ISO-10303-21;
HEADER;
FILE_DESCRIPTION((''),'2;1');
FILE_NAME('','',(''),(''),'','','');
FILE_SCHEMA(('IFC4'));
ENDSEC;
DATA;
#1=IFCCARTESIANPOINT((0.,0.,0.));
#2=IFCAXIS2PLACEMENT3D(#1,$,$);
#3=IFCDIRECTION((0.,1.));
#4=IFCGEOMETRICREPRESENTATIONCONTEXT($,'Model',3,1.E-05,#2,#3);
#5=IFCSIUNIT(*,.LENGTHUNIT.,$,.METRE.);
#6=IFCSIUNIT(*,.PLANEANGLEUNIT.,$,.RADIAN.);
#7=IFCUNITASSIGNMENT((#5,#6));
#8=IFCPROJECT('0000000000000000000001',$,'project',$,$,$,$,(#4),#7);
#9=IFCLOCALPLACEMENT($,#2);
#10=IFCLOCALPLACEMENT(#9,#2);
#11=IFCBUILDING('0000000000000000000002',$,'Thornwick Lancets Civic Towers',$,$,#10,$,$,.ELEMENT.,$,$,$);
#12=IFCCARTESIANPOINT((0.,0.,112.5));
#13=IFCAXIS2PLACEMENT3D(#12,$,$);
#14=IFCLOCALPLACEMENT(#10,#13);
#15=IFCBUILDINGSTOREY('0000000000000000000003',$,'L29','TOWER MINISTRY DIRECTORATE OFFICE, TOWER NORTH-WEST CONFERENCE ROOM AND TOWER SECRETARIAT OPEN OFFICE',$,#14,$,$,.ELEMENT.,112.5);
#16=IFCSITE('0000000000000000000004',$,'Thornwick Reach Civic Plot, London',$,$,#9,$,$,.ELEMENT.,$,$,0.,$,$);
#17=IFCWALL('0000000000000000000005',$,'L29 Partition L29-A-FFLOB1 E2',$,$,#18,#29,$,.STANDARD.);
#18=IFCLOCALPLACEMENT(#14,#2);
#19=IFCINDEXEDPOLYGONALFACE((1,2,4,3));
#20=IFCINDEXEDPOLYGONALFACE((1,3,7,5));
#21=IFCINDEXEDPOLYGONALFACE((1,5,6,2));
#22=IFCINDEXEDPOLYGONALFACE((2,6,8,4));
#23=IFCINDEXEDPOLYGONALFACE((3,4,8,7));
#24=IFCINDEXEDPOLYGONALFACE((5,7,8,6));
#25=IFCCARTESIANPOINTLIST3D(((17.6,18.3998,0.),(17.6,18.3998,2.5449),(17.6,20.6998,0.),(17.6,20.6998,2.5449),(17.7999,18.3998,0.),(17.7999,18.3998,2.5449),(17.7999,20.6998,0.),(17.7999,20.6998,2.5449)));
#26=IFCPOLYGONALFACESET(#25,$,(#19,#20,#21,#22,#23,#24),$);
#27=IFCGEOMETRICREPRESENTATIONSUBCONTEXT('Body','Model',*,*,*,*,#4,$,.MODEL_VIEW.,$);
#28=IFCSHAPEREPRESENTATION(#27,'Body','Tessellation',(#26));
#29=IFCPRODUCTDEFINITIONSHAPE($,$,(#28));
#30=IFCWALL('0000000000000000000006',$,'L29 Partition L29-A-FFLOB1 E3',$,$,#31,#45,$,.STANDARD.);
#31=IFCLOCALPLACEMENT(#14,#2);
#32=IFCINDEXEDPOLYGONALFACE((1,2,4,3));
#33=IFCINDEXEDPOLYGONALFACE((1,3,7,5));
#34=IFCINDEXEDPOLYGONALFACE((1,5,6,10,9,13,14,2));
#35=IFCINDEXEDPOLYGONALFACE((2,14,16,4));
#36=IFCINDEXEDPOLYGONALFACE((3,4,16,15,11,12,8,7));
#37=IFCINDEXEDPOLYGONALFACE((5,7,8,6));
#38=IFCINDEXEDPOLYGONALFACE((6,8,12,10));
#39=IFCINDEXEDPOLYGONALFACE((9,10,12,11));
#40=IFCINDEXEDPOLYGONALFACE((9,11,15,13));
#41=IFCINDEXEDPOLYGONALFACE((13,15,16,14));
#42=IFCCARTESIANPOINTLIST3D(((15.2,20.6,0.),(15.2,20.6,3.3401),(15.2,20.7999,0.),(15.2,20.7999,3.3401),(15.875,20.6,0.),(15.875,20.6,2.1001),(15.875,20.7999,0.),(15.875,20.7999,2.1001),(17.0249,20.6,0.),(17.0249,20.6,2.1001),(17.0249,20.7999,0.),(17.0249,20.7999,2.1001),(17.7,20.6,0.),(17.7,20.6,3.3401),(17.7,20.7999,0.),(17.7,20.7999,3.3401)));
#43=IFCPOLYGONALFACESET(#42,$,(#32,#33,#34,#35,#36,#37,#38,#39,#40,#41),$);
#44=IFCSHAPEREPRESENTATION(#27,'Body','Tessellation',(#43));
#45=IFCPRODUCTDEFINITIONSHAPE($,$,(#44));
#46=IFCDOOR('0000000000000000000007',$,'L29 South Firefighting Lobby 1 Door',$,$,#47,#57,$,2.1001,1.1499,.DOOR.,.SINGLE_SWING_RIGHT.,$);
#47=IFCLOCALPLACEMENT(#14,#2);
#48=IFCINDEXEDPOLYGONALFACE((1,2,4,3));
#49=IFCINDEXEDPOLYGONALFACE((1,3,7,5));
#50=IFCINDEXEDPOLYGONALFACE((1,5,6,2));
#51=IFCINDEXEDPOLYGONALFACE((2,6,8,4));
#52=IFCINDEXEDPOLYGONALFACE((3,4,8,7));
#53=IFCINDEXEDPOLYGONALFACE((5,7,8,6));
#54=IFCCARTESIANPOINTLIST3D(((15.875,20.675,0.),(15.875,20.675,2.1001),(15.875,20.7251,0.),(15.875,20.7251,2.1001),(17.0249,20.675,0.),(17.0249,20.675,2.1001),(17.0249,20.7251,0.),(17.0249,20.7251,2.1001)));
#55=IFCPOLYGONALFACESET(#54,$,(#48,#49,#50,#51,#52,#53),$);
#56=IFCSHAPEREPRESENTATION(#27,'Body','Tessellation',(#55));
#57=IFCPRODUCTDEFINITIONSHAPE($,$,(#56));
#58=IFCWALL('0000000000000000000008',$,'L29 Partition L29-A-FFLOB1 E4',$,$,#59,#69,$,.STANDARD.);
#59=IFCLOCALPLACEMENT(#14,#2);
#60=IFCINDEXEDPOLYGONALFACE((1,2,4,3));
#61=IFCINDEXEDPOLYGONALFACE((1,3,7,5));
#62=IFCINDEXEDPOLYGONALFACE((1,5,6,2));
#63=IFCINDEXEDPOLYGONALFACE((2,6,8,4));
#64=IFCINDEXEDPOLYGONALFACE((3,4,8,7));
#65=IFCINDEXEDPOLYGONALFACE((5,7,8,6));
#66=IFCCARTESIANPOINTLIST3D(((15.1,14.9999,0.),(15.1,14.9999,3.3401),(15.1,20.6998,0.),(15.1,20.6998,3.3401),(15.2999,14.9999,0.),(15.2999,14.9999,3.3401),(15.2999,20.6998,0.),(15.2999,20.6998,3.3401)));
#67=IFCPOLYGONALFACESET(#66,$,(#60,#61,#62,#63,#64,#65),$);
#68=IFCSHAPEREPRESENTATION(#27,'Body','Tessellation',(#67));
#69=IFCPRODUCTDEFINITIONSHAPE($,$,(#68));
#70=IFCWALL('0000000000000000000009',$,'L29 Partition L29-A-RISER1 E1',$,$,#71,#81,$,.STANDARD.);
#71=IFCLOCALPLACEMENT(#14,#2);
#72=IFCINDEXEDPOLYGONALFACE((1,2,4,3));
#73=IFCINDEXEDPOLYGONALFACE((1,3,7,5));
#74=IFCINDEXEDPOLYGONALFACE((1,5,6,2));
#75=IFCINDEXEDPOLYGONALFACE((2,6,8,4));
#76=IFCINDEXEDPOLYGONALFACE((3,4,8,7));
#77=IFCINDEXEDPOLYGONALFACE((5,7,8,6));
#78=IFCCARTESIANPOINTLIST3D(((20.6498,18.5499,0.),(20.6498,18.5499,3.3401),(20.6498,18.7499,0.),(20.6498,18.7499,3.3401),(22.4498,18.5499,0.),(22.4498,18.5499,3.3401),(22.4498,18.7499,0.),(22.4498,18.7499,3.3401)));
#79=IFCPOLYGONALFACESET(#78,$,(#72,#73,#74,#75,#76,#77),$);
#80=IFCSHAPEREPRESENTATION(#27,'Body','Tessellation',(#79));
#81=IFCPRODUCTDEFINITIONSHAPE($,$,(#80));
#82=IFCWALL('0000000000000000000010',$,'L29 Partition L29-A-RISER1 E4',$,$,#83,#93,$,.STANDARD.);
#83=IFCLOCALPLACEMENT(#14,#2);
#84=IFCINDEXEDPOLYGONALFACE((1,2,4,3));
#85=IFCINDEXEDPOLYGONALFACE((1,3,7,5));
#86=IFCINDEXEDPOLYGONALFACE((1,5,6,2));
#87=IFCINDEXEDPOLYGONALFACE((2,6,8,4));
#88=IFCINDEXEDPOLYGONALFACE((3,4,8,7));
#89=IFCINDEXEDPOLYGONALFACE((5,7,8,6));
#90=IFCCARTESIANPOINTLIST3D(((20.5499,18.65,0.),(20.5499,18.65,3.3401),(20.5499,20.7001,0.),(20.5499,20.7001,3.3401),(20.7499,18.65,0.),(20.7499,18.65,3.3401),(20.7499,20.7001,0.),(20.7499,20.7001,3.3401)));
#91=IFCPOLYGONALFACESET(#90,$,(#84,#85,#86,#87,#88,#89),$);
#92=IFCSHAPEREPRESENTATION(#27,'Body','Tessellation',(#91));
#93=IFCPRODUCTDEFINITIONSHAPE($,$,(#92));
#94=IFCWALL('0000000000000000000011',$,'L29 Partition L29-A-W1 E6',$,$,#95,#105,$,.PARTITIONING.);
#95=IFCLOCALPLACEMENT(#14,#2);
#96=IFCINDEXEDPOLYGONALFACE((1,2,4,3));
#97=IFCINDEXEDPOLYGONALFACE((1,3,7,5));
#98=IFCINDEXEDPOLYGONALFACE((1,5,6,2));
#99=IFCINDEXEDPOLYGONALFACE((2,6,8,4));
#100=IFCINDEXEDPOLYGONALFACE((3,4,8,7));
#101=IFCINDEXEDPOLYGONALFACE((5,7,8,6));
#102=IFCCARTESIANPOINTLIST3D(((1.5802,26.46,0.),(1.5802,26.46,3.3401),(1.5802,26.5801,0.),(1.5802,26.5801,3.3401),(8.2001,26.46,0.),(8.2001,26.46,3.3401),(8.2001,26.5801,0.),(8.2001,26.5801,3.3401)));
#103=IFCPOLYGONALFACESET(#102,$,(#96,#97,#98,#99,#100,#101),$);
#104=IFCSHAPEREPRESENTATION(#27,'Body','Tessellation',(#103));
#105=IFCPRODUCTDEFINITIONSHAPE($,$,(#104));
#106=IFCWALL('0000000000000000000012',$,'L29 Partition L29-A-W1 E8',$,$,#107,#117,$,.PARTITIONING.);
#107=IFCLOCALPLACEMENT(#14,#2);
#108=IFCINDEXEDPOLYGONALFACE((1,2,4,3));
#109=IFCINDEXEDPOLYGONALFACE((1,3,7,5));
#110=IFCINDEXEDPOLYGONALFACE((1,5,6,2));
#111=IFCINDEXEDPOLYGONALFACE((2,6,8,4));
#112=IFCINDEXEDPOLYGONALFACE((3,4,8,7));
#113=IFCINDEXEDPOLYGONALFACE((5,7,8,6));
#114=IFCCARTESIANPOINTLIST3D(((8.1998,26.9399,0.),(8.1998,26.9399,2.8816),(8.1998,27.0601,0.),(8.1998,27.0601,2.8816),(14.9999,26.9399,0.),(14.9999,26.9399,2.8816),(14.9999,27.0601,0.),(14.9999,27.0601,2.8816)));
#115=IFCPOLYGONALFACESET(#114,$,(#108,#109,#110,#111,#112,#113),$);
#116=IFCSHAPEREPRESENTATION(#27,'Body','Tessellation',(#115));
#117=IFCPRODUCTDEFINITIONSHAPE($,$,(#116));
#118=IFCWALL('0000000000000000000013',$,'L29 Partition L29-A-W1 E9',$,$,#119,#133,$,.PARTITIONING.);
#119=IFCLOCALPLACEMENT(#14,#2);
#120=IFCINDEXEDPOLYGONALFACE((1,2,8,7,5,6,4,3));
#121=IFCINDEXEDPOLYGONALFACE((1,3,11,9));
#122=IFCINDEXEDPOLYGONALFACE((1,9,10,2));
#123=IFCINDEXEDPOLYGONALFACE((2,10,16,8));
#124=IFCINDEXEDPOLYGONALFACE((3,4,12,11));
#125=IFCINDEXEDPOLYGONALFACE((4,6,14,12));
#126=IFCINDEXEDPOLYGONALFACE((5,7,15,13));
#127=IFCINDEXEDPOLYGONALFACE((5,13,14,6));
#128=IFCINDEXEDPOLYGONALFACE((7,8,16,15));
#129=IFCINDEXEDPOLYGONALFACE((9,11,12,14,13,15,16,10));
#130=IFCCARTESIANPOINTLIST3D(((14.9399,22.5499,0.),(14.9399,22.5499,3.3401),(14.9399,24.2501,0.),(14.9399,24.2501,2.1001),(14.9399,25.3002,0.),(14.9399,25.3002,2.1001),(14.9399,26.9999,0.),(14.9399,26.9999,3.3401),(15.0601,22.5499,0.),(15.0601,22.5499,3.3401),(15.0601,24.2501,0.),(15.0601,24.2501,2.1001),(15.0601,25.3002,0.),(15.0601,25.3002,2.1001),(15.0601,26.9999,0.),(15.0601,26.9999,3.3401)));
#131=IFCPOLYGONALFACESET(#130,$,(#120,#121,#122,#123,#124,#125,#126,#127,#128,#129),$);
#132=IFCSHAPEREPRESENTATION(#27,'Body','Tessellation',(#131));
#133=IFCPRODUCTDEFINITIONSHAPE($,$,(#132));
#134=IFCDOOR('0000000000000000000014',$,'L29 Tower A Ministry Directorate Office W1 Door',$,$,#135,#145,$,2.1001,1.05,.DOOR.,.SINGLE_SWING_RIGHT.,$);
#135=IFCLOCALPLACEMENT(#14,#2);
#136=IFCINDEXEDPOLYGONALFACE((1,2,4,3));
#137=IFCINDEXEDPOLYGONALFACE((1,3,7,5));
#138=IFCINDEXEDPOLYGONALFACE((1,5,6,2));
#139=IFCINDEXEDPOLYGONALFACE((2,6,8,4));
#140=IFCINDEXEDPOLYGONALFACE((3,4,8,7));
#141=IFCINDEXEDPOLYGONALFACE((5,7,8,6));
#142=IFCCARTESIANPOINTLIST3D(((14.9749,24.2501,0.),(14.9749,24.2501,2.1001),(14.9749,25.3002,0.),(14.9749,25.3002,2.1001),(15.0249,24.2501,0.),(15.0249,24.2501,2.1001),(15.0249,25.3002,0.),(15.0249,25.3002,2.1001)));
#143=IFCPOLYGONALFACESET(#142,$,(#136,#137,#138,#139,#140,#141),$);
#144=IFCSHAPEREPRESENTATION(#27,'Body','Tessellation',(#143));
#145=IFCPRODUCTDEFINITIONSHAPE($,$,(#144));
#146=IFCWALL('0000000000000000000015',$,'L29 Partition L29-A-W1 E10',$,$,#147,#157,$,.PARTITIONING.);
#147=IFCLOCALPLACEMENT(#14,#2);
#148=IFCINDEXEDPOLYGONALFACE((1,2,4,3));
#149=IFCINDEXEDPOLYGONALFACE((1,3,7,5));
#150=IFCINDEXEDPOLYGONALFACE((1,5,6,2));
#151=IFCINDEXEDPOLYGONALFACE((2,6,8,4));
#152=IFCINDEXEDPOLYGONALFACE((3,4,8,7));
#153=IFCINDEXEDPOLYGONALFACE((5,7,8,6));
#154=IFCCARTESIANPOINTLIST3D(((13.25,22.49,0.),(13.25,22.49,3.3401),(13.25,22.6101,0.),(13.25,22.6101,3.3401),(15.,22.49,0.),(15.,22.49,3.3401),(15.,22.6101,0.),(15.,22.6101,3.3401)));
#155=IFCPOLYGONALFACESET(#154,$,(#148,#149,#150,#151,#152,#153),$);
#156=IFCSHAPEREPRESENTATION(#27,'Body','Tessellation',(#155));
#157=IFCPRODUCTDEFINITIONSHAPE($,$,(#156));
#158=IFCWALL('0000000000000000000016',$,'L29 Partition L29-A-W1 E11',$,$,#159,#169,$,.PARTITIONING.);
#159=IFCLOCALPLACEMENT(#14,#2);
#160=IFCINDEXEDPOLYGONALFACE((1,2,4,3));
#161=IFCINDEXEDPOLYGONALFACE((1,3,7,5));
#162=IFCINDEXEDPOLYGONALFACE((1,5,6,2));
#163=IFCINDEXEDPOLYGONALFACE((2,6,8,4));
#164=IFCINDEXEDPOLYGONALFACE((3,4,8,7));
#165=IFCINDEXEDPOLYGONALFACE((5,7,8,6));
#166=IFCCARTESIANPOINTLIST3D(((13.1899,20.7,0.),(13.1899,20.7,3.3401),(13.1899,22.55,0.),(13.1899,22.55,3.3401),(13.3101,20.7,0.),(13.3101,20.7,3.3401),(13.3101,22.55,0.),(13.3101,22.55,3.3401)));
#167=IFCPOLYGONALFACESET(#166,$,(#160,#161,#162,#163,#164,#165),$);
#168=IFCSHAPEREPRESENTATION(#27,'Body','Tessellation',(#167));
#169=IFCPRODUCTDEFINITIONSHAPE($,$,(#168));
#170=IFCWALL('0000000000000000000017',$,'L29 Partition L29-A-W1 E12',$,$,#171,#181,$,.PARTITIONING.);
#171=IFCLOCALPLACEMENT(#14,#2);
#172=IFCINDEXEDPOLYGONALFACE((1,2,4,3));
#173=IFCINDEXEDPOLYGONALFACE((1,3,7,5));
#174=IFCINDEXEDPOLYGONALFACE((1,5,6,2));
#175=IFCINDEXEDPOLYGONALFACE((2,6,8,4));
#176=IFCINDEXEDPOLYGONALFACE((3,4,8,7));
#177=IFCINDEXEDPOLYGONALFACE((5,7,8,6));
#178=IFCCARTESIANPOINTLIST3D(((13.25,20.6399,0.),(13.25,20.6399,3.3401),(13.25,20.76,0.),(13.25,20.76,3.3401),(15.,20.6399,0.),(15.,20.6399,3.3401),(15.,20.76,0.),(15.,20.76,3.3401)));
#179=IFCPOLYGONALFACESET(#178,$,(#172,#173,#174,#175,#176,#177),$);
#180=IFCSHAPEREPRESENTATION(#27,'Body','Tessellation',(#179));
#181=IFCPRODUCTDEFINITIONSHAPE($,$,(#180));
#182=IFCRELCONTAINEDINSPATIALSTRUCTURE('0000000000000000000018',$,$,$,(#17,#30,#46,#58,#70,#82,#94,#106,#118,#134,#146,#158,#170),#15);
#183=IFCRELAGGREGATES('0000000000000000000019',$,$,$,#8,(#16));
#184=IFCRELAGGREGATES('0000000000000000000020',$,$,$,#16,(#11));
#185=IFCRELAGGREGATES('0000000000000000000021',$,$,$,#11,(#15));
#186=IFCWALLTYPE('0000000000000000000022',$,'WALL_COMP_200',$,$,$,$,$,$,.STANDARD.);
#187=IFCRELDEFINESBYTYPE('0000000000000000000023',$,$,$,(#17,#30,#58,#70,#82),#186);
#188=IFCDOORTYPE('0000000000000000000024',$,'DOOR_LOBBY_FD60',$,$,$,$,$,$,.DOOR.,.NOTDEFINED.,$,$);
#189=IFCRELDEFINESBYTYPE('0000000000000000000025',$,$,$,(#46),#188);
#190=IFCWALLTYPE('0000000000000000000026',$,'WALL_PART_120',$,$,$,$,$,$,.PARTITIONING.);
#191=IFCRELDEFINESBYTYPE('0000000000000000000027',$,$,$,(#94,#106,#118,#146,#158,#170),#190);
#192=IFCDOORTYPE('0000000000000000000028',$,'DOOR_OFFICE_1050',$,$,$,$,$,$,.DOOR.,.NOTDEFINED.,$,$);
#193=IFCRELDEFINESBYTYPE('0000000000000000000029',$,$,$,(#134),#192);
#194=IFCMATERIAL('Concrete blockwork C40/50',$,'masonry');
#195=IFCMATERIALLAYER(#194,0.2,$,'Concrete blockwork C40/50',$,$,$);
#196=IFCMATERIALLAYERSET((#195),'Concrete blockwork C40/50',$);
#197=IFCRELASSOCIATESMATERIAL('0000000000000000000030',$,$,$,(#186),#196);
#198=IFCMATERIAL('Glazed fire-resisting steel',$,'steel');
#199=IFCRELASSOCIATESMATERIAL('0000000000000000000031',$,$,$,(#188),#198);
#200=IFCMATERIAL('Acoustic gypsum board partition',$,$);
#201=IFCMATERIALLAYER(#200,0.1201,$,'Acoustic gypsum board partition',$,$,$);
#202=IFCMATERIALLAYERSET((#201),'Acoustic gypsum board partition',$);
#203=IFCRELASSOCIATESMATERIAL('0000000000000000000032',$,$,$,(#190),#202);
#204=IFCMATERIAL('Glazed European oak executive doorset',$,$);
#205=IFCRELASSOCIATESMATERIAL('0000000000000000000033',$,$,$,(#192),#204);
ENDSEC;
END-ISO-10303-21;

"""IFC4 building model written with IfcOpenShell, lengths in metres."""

from ifc_helpers import new_model, si_unit, direction, frame, frame_2d, origin, place, context, subcontext, project, spatial, rectangle, extrude, material, layer, layer_set, type_object, element, fill, save


model = new_model("IFC4")

# Units and contexts
model_context = context("Model", 3, precision=1e-05, world=origin(), true_north=direction((0.0, 1.0)))
body_context = subcontext(model_context, "Body", "Model", "MODEL_VIEW")
ifc_project = project(units=[si_unit("LENGTHUNIT", "METRE"), si_unit("PLANEANGLEUNIT", "RADIAN")], contexts=[model_context])

# Site, building, storey
site_placement = place(None, origin())
site = spatial("IfcSite", under=ifc_project, at=site_placement, Name="Thornwick Reach Civic Plot, London", CompositionType="ELEMENT", RefElevation=0.0)
building_placement = place(site_placement, origin())
building = spatial("IfcBuilding", under=site, at=building_placement, Name="Thornwick Lancets Civic Towers", CompositionType="ELEMENT")
storey_placement = place(building_placement, frame((0.0, 0.0, 112.5)))
storey = spatial("IfcBuildingStorey", under=building, at=storey_placement, Name="L29", Description="TOWER MINISTRY DIRECTORATE OFFICE, TOWER NORTH-WEST CONFERENCE ROOM AND TOWER SECRETARIAT OPEN OFFICE", CompositionType="ELEMENT", Elevation=112.5)

# Wall
ifc_material_1 = material(Name="Concrete blockwork C40/50", Category="masonry")
ifc_layer_1 = layer(ifc_material_1, 0.2, Name="Concrete blockwork C40/50")
ifc_layer_set_1 = layer_set([ifc_layer_1], Name="Concrete blockwork C40/50")
wall_type_1 = type_object("IfcWallType", Name="WALL_COMP_200", PredefinedType="STANDARD", material=ifc_layer_set_1)
wall_1_placement = place(storey_placement, frame((17.7, 18.3999, 0.0), z_axis=(0.0, 0.0, 1.0), x_axis=(0.0, 1.0, 0.0)))
element("IfcWall", 1, at=wall_1_placement, inside=storey, type_object=wall_type_1, Name="L29 Partition L29-A-FFLOB1 E2", PredefinedType="STANDARD", context=body_context, shape_type="SweptSolid", body=[
    extrude(rectangle(XDim=2.3, YDim=0.2, at=frame_2d((1.1499, 0.0))), origin(), (0.0, 0.0, 1.0), 2.5449),
])

# Wall, opening, door
wall_2_placement = place(storey_placement, frame((17.7, 20.7, 0.0), z_axis=(0.0, 0.0, 1.0), x_axis=(-1.0, 0.0, 0.0)))
wall_2 = element("IfcWall", 2, at=wall_2_placement, inside=storey, type_object=wall_type_1, Name="L29 Partition L29-A-FFLOB1 E3", PredefinedType="STANDARD", context=body_context, shape_type="SweptSolid", body=[
    extrude(rectangle(XDim=2.5, YDim=0.2, at=frame_2d((1.25, 0.0))), origin(), (0.0, 0.0, 1.0), 3.3401),
])
opening_1_placement = place(wall_2_placement, frame((0.675, 0.0, 0.0)))
opening_1 = element("IfcOpeningElement", 3, at=opening_1_placement, cuts=wall_2, PredefinedType="OPENING", context=body_context, shape_type="SweptSolid", body=[
    extrude(rectangle(XDim=1.1499, YDim=2.1001, at=frame_2d((0.575, 1.05))), frame((0.0, 0.1099, 0.0), z_axis=(0.0, -1.0, 0.0), x_axis=(1.0, 0.0, 0.0)), (0.0, 0.0, 1.0), 0.22),
])
ifc_material_2 = material(Name="Glazed fire-resisting steel", Category="steel")
door_type_1 = type_object("IfcDoorType", Name="DOOR_LOBBY_FD60", OperationType="NOTDEFINED", PredefinedType="DOOR", material=ifc_material_2)
door_1_placement = place(opening_1_placement, origin())
door_1 = element("IfcDoor", 4, at=door_1_placement, inside=storey, type_object=door_type_1, Name="L29 South Firefighting Lobby 1 Door", OperationType="SINGLE_SWING_RIGHT", OverallHeight=2.1001, OverallWidth=1.1499, PredefinedType="DOOR", context=body_context, shape_type="SweptSolid", body=[
    extrude(rectangle(XDim=1.1499, YDim=2.1001, at=frame_2d((0.575, 1.05))), frame((0.0, 0.0249, 0.0), z_axis=(0.0, -1.0, 0.0), x_axis=(1.0, 0.0, 0.0)), (0.0, 0.0, 1.0), 0.05),
])
fill(opening_1, door_1)

# Walls
wall_3_placement = place(storey_placement, frame((15.2, 20.7, 0.0), z_axis=(0.0, 0.0, 1.0), x_axis=(0.0, -1.0, 0.0)))
element("IfcWall", 5, at=wall_3_placement, inside=storey, type_object=wall_type_1, Name="L29 Partition L29-A-FFLOB1 E4", PredefinedType="STANDARD", context=body_context, shape_type="SweptSolid", body=[
    extrude(rectangle(XDim=5.7, YDim=0.2, at=frame_2d((2.8501, 0.0))), origin(), (0.0, 0.0, 1.0), 3.3401),
])
wall_4_placement = place(storey_placement, frame((20.6499, 18.6499, 0.0), z_axis=(0.0, 0.0, 1.0), x_axis=(1.0, 0.0, 0.0)))
element("IfcWall", 6, at=wall_4_placement, inside=storey, type_object=wall_type_1, Name="L29 Partition L29-A-RISER1 E1", PredefinedType="STANDARD", context=body_context, shape_type="SweptSolid", body=[
    extrude(rectangle(XDim=1.8, YDim=0.2, at=frame_2d((0.8999, 0.0))), origin(), (0.0, 0.0, 1.0), 3.3401),
])
wall_5_placement = place(storey_placement, frame((20.6499, 20.7, 0.0), z_axis=(0.0, 0.0, 1.0), x_axis=(0.0, -1.0, 0.0)))
element("IfcWall", 7, at=wall_5_placement, inside=storey, type_object=wall_type_1, Name="L29 Partition L29-A-RISER1 E4", PredefinedType="STANDARD", context=body_context, shape_type="SweptSolid", body=[
    extrude(rectangle(XDim=2.05, YDim=0.2, at=frame_2d((1.0249, 0.0))), origin(), (0.0, 0.0, 1.0), 3.3401),
])
ifc_material_3 = material(Name="Acoustic gypsum board partition")
ifc_layer_2 = layer(ifc_material_3, 0.1201, Name="Acoustic gypsum board partition")
ifc_layer_set_2 = layer_set([ifc_layer_2], Name="Acoustic gypsum board partition")
wall_type_2 = type_object("IfcWallType", Name="WALL_PART_120", PredefinedType="PARTITIONING", material=ifc_layer_set_2)
wall_6_placement = place(storey_placement, frame((1.5801, 26.52, 0.0), z_axis=(0.0, 0.0, 1.0), x_axis=(1.0, 0.0, 0.0)))
element("IfcWall", 8, at=wall_6_placement, inside=storey, type_object=wall_type_2, Name="L29 Partition L29-A-W1 E6", PredefinedType="PARTITIONING", context=body_context, shape_type="SweptSolid", body=[
    extrude(rectangle(XDim=6.6199, YDim=0.1201, at=frame_2d((3.3101, 0.0))), origin(), (0.0, 0.0, 1.0), 3.3401),
])
wall_7_placement = place(storey_placement, frame((8.2, 27.0, 0.0), z_axis=(0.0, 0.0, 1.0), x_axis=(1.0, 0.0, 0.0)))
element("IfcWall", 9, at=wall_7_placement, inside=storey, type_object=wall_type_2, Name="L29 Partition L29-A-W1 E8", PredefinedType="PARTITIONING", context=body_context, shape_type="SweptSolid", body=[
    extrude(rectangle(XDim=6.8, YDim=0.1201, at=frame_2d((3.3999, 0.0))), origin(), (0.0, 0.0, 1.0), 2.8816),
])

# Wall, opening, door
wall_8_placement = place(storey_placement, frame((15.0, 27.0, 0.0), z_axis=(0.0, 0.0, 1.0), x_axis=(0.0, -1.0, 0.0)))
wall_8 = element("IfcWall", 10, at=wall_8_placement, inside=storey, type_object=wall_type_2, Name="L29 Partition L29-A-W1 E9", PredefinedType="PARTITIONING", context=body_context, shape_type="SweptSolid", body=[
    extrude(rectangle(XDim=4.45, YDim=0.1201, at=frame_2d((2.2251, 0.0))), origin(), (0.0, 0.0, 1.0), 3.3401),
])
opening_2_placement = place(wall_8_placement, frame((1.7, 0.0, 0.0)))
opening_2 = element("IfcOpeningElement", 11, at=opening_2_placement, cuts=wall_8, PredefinedType="OPENING", context=body_context, shape_type="SweptSolid", body=[
    extrude(rectangle(XDim=1.05, YDim=2.1001, at=frame_2d((0.5249, 1.05))), frame((0.0, 0.0701, 0.0), z_axis=(0.0, -1.0, 0.0), x_axis=(1.0, 0.0, 0.0)), (0.0, 0.0, 1.0), 0.1401),
])
ifc_material_4 = material(Name="Glazed European oak executive doorset")
door_type_2 = type_object("IfcDoorType", Name="DOOR_OFFICE_1050", OperationType="NOTDEFINED", PredefinedType="DOOR", material=ifc_material_4)
door_2_placement = place(opening_2_placement, origin())
door_2 = element("IfcDoor", 12, at=door_2_placement, inside=storey, type_object=door_type_2, Name="L29 Tower A Ministry Directorate Office W1 Door", OperationType="SINGLE_SWING_RIGHT", OverallHeight=2.1001, OverallWidth=1.05, PredefinedType="DOOR", context=body_context, shape_type="SweptSolid", body=[
    extrude(rectangle(XDim=1.05, YDim=2.1001, at=frame_2d((0.5249, 1.05))), frame((0.0, 0.0249, 0.0), z_axis=(0.0, -1.0, 0.0), x_axis=(1.0, 0.0, 0.0)), (0.0, 0.0, 1.0), 0.05),
])
fill(opening_2, door_2)

# Walls
wall_9_placement = place(storey_placement, frame((15.0, 22.55, 0.0), z_axis=(0.0, 0.0, 1.0), x_axis=(-1.0, 0.0, 0.0)))
element("IfcWall", 13, at=wall_9_placement, inside=storey, type_object=wall_type_2, Name="L29 Partition L29-A-W1 E10", PredefinedType="PARTITIONING", context=body_context, shape_type="SweptSolid", body=[
    extrude(rectangle(XDim=1.75, YDim=0.1201, at=frame_2d((0.875, 0.0))), origin(), (0.0, 0.0, 1.0), 3.3401),
])
wall_10_placement = place(storey_placement, frame((13.25, 22.55, 0.0), z_axis=(0.0, 0.0, 1.0), x_axis=(0.0, -1.0, 0.0)))
element("IfcWall", 14, at=wall_10_placement, inside=storey, type_object=wall_type_2, Name="L29 Partition L29-A-W1 E11", PredefinedType="PARTITIONING", context=body_context, shape_type="SweptSolid", body=[
    extrude(rectangle(XDim=1.8501, YDim=0.1201, at=frame_2d((0.925, 0.0))), origin(), (0.0, 0.0, 1.0), 3.3401),
])
wall_11_placement = place(storey_placement, frame((13.25, 20.7, 0.0), z_axis=(0.0, 0.0, 1.0), x_axis=(1.0, 0.0, 0.0)))
element("IfcWall", 15, at=wall_11_placement, inside=storey, type_object=wall_type_2, Name="L29 Partition L29-A-W1 E12", PredefinedType="PARTITIONING", context=body_context, shape_type="SweptSolid", body=[
    extrude(rectangle(XDim=1.75, YDim=0.1201, at=frame_2d((0.875, 0.0))), origin(), (0.0, 0.0, 1.0), 3.3401),
])

save(model, "model.ifc")
